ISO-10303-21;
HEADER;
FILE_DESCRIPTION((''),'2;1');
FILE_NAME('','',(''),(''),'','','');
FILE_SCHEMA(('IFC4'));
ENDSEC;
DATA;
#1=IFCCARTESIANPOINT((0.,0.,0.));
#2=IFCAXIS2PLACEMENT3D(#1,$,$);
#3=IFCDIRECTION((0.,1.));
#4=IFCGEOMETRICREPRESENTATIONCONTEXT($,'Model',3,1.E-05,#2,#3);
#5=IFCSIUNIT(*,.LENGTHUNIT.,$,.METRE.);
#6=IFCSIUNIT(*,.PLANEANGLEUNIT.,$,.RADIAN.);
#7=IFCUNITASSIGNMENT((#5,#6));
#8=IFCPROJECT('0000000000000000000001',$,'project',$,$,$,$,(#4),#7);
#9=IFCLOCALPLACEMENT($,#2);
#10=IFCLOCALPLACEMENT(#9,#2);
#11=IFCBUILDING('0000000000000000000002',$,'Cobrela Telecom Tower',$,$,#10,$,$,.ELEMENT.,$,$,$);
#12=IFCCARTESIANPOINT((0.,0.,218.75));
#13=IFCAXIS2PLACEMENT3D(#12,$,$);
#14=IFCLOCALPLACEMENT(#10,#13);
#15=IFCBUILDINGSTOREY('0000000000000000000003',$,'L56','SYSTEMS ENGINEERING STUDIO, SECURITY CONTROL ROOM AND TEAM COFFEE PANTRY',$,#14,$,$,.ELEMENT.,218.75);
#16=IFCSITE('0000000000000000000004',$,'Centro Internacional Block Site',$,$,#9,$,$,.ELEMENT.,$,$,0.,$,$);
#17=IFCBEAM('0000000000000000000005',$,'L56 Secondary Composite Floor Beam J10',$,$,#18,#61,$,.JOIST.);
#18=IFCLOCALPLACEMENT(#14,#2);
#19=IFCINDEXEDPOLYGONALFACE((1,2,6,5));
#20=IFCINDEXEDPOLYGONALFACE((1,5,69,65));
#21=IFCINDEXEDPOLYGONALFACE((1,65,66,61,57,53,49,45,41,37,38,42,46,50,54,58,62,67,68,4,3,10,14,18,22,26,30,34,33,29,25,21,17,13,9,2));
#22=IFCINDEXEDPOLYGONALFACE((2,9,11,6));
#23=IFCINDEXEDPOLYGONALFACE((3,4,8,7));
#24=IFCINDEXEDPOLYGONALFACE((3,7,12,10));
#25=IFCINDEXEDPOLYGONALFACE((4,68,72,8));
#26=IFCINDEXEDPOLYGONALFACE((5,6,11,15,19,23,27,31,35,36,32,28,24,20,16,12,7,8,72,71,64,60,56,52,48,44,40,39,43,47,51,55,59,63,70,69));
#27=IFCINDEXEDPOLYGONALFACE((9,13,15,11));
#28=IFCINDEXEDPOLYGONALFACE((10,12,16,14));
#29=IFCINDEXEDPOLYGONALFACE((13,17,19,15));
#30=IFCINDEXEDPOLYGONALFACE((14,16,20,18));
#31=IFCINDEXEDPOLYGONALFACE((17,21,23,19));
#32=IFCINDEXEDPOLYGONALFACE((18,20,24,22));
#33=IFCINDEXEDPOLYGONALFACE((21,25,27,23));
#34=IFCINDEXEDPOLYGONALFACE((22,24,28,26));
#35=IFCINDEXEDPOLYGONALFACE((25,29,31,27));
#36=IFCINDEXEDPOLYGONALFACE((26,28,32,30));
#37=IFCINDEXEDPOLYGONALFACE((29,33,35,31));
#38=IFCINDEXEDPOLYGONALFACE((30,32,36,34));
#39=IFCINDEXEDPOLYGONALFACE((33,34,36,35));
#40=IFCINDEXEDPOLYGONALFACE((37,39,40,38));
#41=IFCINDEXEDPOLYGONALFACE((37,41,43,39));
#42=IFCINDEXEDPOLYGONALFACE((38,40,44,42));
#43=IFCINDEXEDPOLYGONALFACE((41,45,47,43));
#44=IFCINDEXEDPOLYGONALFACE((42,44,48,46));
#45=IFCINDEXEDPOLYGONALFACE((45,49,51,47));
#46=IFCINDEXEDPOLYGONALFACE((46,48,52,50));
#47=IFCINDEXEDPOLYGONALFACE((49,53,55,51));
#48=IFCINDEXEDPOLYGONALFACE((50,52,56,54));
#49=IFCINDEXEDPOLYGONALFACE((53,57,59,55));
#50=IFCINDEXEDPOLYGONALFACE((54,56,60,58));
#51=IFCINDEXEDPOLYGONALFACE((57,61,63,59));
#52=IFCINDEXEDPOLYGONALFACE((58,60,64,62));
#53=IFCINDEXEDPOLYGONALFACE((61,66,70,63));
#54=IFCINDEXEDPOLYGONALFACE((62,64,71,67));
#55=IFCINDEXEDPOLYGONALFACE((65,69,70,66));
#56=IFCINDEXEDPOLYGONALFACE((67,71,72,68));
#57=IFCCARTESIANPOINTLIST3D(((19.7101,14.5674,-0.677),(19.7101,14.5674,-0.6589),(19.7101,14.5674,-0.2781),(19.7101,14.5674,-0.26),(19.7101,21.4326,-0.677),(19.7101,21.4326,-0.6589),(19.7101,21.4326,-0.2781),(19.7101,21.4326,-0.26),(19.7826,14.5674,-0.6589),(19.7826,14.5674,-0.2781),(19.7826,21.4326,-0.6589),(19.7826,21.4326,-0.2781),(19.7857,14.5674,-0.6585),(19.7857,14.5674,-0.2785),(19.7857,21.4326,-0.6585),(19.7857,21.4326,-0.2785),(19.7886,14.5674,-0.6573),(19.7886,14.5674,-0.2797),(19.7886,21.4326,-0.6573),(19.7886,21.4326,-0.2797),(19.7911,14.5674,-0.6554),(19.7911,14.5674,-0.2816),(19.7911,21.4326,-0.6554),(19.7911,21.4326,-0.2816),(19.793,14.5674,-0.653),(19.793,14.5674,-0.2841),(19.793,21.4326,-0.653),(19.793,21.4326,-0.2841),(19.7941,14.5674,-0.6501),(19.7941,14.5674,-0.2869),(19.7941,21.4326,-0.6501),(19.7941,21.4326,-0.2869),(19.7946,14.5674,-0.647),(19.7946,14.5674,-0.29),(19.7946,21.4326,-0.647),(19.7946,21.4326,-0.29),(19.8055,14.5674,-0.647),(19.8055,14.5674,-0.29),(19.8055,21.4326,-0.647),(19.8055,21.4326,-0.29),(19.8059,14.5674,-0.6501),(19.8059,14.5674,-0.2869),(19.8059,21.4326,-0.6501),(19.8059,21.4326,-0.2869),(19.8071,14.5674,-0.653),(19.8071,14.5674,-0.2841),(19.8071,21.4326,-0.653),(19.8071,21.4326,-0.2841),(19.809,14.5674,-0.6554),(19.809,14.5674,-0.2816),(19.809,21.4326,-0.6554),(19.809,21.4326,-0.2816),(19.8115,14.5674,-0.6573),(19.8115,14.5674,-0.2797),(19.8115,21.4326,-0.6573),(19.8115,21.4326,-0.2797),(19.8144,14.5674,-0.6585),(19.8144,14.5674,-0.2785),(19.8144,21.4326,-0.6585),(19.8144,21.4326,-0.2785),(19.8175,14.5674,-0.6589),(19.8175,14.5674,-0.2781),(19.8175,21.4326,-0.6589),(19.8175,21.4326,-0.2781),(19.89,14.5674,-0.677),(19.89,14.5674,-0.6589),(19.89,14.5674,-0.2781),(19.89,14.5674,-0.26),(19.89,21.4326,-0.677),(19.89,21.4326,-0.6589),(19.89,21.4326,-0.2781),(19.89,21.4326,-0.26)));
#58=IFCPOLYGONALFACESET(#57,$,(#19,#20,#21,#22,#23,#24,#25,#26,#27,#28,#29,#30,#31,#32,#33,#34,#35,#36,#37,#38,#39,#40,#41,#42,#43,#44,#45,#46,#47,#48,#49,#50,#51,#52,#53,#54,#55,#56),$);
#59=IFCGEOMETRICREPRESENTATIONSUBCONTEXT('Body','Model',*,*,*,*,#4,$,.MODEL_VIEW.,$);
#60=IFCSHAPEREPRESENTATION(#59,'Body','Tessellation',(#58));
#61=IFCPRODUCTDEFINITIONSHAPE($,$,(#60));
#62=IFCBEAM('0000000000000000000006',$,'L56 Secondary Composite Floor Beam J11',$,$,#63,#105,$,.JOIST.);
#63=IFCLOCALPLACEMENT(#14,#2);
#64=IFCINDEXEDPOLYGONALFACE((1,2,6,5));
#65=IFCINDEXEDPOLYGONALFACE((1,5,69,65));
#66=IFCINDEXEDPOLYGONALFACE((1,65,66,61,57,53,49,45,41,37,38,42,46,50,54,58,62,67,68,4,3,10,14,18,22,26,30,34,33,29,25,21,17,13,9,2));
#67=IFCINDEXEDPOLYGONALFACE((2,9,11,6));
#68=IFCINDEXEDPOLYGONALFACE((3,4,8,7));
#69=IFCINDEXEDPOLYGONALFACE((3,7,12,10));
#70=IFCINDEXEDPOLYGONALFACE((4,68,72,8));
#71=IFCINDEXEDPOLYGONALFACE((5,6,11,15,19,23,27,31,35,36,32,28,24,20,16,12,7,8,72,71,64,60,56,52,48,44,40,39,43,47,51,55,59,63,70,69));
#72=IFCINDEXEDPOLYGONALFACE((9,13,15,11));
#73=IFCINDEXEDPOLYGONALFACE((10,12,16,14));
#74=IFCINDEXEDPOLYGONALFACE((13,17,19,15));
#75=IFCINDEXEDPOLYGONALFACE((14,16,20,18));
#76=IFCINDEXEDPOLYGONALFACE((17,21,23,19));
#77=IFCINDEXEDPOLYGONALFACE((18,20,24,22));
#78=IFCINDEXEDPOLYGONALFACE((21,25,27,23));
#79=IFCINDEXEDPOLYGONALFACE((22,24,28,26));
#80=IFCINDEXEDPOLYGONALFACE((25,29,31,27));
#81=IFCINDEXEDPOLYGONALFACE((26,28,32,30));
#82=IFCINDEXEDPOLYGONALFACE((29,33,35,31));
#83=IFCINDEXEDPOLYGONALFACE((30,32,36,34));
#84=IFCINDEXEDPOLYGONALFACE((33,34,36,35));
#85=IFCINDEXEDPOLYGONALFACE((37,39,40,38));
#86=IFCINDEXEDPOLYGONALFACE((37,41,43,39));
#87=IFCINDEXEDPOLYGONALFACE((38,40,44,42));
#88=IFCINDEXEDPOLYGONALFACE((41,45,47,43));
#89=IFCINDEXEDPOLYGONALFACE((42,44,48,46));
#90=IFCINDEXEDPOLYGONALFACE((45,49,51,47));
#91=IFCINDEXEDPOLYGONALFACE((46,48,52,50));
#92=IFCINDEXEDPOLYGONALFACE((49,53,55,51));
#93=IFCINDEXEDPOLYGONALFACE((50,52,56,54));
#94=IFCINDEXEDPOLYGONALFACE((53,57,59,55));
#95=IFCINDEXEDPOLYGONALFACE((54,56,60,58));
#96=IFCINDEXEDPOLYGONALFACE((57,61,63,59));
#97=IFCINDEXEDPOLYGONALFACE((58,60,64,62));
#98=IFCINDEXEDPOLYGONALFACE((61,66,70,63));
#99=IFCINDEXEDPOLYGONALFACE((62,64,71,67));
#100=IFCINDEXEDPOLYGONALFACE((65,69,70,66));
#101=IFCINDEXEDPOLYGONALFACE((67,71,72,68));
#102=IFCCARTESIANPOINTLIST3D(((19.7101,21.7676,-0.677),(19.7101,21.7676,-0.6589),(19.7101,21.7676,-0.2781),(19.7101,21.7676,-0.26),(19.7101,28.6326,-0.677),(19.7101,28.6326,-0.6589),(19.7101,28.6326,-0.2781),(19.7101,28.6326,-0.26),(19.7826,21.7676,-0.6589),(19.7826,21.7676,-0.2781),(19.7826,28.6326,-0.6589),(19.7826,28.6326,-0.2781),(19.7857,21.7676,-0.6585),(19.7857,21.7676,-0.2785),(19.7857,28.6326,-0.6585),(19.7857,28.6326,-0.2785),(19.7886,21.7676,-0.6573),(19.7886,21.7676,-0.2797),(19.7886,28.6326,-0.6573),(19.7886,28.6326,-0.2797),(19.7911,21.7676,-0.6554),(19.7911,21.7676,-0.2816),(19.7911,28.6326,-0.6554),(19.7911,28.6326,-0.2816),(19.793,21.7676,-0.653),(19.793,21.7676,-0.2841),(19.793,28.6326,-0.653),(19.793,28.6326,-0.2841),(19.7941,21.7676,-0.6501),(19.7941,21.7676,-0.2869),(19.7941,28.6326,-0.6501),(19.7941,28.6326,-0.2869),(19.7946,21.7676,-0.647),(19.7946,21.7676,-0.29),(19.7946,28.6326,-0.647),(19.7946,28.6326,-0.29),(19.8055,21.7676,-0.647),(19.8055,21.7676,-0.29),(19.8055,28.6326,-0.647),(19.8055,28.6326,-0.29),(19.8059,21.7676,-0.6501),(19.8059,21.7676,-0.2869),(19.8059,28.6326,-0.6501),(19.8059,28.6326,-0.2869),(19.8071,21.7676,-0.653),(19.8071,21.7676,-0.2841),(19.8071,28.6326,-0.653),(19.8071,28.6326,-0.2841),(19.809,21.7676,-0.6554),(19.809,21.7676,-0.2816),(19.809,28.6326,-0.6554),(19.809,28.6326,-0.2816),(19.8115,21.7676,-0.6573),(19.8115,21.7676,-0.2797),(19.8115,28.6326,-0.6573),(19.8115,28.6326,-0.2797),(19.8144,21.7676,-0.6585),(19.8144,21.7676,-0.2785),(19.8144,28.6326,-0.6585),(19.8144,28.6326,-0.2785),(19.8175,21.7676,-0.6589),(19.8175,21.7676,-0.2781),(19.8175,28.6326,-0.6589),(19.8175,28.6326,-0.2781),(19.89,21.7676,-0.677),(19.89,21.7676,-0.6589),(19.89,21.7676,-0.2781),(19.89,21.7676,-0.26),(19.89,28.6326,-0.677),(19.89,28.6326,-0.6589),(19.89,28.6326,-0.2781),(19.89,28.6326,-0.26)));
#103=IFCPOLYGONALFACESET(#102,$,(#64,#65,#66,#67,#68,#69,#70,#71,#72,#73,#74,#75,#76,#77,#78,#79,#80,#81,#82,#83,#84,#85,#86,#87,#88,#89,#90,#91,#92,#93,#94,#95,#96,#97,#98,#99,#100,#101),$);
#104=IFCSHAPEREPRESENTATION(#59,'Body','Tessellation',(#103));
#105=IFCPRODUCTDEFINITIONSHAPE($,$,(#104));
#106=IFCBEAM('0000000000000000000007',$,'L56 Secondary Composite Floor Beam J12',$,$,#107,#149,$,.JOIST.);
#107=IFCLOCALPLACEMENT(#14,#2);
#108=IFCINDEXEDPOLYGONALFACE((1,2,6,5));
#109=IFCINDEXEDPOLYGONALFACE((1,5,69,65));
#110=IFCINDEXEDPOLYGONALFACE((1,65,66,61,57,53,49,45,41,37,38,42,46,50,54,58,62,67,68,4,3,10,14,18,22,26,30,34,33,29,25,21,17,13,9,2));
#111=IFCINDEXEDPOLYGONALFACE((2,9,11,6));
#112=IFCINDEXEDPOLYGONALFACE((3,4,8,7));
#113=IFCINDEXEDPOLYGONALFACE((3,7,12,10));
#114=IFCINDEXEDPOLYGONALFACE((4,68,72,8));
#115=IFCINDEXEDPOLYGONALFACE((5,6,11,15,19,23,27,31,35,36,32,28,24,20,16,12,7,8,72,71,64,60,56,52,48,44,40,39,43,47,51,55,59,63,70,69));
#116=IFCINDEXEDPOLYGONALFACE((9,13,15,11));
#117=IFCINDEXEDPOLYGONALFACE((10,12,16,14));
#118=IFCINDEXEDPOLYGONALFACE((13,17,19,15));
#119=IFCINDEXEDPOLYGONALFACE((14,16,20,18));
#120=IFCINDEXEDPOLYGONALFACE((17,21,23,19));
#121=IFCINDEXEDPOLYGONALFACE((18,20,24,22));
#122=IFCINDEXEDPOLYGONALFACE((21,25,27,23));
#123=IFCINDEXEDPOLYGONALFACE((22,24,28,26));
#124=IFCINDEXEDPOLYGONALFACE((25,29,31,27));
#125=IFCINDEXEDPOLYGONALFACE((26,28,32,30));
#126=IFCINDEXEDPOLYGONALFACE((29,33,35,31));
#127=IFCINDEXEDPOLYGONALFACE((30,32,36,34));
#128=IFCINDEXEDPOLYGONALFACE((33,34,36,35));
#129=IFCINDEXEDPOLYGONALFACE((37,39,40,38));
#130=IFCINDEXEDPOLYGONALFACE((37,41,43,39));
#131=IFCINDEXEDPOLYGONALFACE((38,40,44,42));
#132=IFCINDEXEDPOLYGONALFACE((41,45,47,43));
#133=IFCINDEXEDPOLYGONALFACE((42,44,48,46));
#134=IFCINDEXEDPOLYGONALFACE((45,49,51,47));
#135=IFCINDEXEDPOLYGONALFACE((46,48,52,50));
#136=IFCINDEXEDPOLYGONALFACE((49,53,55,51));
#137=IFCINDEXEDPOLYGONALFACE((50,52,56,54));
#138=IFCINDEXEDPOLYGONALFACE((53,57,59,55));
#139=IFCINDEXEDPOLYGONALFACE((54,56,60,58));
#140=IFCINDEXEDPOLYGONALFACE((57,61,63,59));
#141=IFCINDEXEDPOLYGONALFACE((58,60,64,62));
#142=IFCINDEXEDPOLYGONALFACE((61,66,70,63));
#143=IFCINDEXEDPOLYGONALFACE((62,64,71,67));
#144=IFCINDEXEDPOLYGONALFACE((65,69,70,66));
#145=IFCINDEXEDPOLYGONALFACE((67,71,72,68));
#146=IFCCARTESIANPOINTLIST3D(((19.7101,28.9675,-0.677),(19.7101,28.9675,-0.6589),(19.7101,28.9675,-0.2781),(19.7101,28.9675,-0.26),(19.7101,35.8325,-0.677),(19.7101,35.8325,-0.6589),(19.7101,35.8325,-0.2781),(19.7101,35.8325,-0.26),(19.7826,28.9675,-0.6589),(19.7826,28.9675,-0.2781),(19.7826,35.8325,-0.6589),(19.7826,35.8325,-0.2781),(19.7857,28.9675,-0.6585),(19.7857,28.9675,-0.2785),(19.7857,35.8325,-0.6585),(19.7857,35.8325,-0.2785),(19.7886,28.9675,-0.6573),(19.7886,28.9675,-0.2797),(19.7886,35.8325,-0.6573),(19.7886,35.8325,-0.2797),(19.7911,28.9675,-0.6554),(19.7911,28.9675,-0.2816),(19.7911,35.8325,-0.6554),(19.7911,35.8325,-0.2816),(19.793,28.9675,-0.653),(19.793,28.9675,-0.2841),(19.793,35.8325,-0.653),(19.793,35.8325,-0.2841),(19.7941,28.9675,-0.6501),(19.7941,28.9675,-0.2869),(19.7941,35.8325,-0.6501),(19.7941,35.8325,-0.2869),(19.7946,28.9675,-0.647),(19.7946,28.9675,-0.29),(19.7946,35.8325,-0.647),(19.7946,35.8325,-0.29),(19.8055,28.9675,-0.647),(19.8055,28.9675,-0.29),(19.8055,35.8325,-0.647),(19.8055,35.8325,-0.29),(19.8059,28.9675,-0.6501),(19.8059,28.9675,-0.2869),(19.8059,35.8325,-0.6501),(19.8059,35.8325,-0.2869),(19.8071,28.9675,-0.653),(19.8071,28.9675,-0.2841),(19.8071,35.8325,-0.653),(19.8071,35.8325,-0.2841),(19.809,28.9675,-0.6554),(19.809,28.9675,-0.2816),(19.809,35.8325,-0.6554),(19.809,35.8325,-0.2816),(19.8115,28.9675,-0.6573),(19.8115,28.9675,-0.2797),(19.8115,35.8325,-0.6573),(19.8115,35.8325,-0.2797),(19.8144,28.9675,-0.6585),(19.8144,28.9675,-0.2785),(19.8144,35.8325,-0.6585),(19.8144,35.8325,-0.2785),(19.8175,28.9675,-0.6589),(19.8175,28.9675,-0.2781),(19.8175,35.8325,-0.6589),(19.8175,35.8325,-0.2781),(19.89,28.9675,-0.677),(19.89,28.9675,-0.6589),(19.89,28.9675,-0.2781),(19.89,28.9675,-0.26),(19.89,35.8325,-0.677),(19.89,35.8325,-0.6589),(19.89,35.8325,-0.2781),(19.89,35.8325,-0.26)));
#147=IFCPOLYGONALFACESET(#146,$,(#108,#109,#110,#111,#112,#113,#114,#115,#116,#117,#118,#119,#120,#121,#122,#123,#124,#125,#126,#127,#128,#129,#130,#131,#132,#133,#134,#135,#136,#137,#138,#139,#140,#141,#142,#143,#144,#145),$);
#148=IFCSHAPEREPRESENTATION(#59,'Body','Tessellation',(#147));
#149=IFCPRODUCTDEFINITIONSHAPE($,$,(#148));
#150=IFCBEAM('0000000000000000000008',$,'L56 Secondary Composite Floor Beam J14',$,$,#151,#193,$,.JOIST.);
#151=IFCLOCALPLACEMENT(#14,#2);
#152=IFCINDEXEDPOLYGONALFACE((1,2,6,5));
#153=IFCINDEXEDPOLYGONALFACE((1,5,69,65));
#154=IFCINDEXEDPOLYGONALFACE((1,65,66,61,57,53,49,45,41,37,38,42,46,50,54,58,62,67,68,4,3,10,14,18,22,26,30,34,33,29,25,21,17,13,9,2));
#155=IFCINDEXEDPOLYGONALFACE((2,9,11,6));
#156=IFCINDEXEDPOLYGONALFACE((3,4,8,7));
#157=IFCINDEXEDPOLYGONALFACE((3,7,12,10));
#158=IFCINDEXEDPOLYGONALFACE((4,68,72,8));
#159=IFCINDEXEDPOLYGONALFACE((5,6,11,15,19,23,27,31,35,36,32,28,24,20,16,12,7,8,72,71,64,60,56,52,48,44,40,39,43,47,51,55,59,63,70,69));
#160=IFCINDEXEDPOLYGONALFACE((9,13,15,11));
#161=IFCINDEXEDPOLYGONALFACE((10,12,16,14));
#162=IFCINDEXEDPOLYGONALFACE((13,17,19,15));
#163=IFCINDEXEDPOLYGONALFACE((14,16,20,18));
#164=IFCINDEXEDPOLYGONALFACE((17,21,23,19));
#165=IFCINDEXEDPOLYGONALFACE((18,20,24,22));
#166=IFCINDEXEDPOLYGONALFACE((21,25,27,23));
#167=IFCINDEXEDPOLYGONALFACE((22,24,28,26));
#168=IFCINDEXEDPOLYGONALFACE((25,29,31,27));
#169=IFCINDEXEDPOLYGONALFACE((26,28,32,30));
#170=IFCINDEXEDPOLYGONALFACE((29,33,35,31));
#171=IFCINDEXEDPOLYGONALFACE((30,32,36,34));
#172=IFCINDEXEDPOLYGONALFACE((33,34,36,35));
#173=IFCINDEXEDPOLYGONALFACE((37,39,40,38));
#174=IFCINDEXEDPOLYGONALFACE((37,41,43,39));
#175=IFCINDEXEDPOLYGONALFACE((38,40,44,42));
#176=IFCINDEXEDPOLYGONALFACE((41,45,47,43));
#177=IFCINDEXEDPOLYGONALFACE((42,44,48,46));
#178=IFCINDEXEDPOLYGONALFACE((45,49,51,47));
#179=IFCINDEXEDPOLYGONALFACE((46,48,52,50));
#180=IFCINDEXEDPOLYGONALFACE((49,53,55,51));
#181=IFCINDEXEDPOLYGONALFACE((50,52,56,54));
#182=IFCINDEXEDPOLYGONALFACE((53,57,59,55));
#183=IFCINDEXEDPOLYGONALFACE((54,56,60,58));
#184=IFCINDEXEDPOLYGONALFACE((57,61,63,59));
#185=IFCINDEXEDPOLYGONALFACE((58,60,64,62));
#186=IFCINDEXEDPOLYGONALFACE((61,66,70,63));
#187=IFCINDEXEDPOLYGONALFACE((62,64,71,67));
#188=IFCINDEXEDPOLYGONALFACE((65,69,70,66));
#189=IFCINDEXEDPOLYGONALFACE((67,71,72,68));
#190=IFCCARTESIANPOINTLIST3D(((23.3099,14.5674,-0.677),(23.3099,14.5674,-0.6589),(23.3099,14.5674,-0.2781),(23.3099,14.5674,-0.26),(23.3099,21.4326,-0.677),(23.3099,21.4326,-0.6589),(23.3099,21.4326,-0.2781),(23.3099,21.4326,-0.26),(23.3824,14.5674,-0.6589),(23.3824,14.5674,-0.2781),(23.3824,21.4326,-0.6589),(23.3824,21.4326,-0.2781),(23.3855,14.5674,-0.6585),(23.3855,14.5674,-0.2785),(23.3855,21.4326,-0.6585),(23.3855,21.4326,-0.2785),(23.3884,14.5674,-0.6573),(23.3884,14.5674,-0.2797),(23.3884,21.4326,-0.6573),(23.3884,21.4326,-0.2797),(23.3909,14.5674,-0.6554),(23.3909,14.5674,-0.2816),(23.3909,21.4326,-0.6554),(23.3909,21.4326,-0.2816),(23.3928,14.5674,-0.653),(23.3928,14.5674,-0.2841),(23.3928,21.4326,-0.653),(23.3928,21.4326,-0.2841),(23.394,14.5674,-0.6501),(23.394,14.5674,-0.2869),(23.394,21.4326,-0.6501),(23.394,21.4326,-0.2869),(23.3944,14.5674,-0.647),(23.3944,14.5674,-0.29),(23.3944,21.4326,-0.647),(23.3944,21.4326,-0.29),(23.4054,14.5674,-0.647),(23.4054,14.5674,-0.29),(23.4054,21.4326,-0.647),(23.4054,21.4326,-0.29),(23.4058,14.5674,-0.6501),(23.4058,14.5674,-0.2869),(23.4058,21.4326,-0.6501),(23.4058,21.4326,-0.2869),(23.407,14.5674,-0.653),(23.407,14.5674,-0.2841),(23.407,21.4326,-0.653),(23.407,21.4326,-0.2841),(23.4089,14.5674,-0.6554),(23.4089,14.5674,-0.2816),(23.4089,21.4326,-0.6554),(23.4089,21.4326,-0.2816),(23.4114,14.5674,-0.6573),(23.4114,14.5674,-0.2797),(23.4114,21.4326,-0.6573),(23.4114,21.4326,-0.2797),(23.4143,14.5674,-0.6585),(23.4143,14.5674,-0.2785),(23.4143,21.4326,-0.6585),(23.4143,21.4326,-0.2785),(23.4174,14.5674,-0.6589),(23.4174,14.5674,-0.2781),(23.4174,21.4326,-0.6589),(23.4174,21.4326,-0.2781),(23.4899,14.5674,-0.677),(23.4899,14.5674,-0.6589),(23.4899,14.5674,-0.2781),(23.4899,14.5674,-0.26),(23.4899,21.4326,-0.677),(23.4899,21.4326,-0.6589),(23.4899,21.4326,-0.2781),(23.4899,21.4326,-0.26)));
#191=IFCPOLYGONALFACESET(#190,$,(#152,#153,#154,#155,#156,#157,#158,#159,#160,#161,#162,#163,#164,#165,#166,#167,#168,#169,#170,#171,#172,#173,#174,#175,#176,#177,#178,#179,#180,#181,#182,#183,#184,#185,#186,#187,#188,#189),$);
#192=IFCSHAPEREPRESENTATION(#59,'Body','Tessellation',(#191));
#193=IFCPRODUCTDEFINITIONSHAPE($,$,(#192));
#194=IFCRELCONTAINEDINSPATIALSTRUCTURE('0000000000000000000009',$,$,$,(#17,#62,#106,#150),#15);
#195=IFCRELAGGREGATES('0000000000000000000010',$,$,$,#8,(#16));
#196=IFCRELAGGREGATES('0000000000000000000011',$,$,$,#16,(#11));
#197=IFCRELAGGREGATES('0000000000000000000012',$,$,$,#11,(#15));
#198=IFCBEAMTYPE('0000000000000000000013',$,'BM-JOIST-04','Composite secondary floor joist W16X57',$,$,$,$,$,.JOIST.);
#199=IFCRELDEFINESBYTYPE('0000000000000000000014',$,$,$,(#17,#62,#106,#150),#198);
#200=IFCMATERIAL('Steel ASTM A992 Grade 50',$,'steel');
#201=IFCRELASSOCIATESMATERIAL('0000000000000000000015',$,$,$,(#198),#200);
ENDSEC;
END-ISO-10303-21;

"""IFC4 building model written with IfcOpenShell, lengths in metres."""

from ifc_helpers import new_model, si_unit, direction, frame, origin, origin_2d, place, context, subcontext, project, spatial, i_section, extrude, material, material_profile, profile_set, type_object, element, save


model = new_model("IFC4")

# Units and contexts
model_context = context("Model", 3, precision=1e-05, world=origin(), true_north=direction((0.0, 1.0)))
body_context = subcontext(model_context, "Body", "Model", "MODEL_VIEW")
ifc_project = project(units=[si_unit("LENGTHUNIT", "METRE"), si_unit("PLANEANGLEUNIT", "RADIAN")], contexts=[model_context])

# Site, building, storey
site_placement = place(None, origin())
site = spatial("IfcSite", under=ifc_project, at=site_placement, Name="Centro Internacional Block Site", CompositionType="ELEMENT", RefElevation=0.0)
building_placement = place(site_placement, origin())
building = spatial("IfcBuilding", under=site, at=building_placement, Name="Cobrela Telecom Tower", CompositionType="ELEMENT")
storey_placement = place(building_placement, frame((0.0, 0.0, 218.75)))
storey = spatial("IfcBuildingStorey", under=building, at=storey_placement, Name="L56", Description="SYSTEMS ENGINEERING STUDIO, SECURITY CONTROL ROOM AND TEAM COFFEE PANTRY", CompositionType="ELEMENT", Elevation=218.75)

# Shared definitions
ifc_material_1 = material(Name="Steel ASTM A992 Grade 50", Category="steel")

# Beams
ifc_material_profile_1 = material_profile(ifc_material_1, i_section(OverallWidth=0.1799, OverallDepth=0.417, WebThickness=0.011, FlangeThickness=0.0181, FilletRadius=0.012, at=origin_2d()), Name="W16X57")
ifc_profile_set_1 = profile_set([ifc_material_profile_1], Name="Steel ASTM A992 Grade 50")
beam_type_1 = type_object("IfcBeamType", Name="BM-JOIST-04", Description="Composite secondary floor joist W16X57", PredefinedType="JOIST", material=ifc_profile_set_1)
beam_1_placement = place(storey_placement, frame((19.8, 14.5674, -0.4685), z_axis=(0.0, 1.0, 0.0), x_axis=(-1.0, 0.0, 0.0)))
element("IfcBeam", 1, at=beam_1_placement, inside=storey, type_object=beam_type_1, Name="L56 Secondary Composite Floor Beam J10", PredefinedType="JOIST", context=body_context, shape_type="SweptSolid", body=[
    extrude(i_section(OverallWidth=0.1799, OverallDepth=0.417, WebThickness=0.011, FlangeThickness=0.0181, FilletRadius=0.012, at=origin_2d()), origin(), (0.0, 0.0, 1.0), 6.8652),
])
for number, where, z_axis, x_axis, name in (
    (2, (19.8, 21.7676, -0.4685), (0.0, 1.0, 0.0), (-1.0, 0.0, 0.0), "L56 Secondary Composite Floor Beam J11"),
    (3, (19.8, 28.9675, -0.4685), (0.0, 1.0, 0.0), (-1.0, 0.0, 0.0), "L56 Secondary Composite Floor Beam J12"),
):
    element("IfcBeam", number, at=place(storey_placement, frame(where, z_axis=z_axis, x_axis=x_axis)), inside=storey, type_object=beam_type_1, Name=name, PredefinedType="JOIST", context=body_context, shape_type="SweptSolid", body=[
        extrude(i_section(OverallWidth=0.1799, OverallDepth=0.417, WebThickness=0.011, FlangeThickness=0.0181, FilletRadius=0.012, at=origin_2d()), origin(), (0.0, 0.0, 1.0), 6.865),
    ])
for number, where, z_axis, x_axis, name in (
    (4, (23.3999, 14.5674, -0.4685), (0.0, 1.0, 0.0), (-1.0, 0.0, 0.0), "L56 Secondary Composite Floor Beam J14"),
):
    element("IfcBeam", number, at=place(storey_placement, frame(where, z_axis=z_axis, x_axis=x_axis)), inside=storey, type_object=beam_type_1, Name=name, PredefinedType="JOIST", context=body_context, shape_type="SweptSolid", body=[
        extrude(i_section(OverallWidth=0.1799, OverallDepth=0.417, WebThickness=0.011, FlangeThickness=0.0181, FilletRadius=0.012, at=origin_2d()), origin(), (0.0, 0.0, 1.0), 6.8652),
    ])

save(model, "model.ifc")
